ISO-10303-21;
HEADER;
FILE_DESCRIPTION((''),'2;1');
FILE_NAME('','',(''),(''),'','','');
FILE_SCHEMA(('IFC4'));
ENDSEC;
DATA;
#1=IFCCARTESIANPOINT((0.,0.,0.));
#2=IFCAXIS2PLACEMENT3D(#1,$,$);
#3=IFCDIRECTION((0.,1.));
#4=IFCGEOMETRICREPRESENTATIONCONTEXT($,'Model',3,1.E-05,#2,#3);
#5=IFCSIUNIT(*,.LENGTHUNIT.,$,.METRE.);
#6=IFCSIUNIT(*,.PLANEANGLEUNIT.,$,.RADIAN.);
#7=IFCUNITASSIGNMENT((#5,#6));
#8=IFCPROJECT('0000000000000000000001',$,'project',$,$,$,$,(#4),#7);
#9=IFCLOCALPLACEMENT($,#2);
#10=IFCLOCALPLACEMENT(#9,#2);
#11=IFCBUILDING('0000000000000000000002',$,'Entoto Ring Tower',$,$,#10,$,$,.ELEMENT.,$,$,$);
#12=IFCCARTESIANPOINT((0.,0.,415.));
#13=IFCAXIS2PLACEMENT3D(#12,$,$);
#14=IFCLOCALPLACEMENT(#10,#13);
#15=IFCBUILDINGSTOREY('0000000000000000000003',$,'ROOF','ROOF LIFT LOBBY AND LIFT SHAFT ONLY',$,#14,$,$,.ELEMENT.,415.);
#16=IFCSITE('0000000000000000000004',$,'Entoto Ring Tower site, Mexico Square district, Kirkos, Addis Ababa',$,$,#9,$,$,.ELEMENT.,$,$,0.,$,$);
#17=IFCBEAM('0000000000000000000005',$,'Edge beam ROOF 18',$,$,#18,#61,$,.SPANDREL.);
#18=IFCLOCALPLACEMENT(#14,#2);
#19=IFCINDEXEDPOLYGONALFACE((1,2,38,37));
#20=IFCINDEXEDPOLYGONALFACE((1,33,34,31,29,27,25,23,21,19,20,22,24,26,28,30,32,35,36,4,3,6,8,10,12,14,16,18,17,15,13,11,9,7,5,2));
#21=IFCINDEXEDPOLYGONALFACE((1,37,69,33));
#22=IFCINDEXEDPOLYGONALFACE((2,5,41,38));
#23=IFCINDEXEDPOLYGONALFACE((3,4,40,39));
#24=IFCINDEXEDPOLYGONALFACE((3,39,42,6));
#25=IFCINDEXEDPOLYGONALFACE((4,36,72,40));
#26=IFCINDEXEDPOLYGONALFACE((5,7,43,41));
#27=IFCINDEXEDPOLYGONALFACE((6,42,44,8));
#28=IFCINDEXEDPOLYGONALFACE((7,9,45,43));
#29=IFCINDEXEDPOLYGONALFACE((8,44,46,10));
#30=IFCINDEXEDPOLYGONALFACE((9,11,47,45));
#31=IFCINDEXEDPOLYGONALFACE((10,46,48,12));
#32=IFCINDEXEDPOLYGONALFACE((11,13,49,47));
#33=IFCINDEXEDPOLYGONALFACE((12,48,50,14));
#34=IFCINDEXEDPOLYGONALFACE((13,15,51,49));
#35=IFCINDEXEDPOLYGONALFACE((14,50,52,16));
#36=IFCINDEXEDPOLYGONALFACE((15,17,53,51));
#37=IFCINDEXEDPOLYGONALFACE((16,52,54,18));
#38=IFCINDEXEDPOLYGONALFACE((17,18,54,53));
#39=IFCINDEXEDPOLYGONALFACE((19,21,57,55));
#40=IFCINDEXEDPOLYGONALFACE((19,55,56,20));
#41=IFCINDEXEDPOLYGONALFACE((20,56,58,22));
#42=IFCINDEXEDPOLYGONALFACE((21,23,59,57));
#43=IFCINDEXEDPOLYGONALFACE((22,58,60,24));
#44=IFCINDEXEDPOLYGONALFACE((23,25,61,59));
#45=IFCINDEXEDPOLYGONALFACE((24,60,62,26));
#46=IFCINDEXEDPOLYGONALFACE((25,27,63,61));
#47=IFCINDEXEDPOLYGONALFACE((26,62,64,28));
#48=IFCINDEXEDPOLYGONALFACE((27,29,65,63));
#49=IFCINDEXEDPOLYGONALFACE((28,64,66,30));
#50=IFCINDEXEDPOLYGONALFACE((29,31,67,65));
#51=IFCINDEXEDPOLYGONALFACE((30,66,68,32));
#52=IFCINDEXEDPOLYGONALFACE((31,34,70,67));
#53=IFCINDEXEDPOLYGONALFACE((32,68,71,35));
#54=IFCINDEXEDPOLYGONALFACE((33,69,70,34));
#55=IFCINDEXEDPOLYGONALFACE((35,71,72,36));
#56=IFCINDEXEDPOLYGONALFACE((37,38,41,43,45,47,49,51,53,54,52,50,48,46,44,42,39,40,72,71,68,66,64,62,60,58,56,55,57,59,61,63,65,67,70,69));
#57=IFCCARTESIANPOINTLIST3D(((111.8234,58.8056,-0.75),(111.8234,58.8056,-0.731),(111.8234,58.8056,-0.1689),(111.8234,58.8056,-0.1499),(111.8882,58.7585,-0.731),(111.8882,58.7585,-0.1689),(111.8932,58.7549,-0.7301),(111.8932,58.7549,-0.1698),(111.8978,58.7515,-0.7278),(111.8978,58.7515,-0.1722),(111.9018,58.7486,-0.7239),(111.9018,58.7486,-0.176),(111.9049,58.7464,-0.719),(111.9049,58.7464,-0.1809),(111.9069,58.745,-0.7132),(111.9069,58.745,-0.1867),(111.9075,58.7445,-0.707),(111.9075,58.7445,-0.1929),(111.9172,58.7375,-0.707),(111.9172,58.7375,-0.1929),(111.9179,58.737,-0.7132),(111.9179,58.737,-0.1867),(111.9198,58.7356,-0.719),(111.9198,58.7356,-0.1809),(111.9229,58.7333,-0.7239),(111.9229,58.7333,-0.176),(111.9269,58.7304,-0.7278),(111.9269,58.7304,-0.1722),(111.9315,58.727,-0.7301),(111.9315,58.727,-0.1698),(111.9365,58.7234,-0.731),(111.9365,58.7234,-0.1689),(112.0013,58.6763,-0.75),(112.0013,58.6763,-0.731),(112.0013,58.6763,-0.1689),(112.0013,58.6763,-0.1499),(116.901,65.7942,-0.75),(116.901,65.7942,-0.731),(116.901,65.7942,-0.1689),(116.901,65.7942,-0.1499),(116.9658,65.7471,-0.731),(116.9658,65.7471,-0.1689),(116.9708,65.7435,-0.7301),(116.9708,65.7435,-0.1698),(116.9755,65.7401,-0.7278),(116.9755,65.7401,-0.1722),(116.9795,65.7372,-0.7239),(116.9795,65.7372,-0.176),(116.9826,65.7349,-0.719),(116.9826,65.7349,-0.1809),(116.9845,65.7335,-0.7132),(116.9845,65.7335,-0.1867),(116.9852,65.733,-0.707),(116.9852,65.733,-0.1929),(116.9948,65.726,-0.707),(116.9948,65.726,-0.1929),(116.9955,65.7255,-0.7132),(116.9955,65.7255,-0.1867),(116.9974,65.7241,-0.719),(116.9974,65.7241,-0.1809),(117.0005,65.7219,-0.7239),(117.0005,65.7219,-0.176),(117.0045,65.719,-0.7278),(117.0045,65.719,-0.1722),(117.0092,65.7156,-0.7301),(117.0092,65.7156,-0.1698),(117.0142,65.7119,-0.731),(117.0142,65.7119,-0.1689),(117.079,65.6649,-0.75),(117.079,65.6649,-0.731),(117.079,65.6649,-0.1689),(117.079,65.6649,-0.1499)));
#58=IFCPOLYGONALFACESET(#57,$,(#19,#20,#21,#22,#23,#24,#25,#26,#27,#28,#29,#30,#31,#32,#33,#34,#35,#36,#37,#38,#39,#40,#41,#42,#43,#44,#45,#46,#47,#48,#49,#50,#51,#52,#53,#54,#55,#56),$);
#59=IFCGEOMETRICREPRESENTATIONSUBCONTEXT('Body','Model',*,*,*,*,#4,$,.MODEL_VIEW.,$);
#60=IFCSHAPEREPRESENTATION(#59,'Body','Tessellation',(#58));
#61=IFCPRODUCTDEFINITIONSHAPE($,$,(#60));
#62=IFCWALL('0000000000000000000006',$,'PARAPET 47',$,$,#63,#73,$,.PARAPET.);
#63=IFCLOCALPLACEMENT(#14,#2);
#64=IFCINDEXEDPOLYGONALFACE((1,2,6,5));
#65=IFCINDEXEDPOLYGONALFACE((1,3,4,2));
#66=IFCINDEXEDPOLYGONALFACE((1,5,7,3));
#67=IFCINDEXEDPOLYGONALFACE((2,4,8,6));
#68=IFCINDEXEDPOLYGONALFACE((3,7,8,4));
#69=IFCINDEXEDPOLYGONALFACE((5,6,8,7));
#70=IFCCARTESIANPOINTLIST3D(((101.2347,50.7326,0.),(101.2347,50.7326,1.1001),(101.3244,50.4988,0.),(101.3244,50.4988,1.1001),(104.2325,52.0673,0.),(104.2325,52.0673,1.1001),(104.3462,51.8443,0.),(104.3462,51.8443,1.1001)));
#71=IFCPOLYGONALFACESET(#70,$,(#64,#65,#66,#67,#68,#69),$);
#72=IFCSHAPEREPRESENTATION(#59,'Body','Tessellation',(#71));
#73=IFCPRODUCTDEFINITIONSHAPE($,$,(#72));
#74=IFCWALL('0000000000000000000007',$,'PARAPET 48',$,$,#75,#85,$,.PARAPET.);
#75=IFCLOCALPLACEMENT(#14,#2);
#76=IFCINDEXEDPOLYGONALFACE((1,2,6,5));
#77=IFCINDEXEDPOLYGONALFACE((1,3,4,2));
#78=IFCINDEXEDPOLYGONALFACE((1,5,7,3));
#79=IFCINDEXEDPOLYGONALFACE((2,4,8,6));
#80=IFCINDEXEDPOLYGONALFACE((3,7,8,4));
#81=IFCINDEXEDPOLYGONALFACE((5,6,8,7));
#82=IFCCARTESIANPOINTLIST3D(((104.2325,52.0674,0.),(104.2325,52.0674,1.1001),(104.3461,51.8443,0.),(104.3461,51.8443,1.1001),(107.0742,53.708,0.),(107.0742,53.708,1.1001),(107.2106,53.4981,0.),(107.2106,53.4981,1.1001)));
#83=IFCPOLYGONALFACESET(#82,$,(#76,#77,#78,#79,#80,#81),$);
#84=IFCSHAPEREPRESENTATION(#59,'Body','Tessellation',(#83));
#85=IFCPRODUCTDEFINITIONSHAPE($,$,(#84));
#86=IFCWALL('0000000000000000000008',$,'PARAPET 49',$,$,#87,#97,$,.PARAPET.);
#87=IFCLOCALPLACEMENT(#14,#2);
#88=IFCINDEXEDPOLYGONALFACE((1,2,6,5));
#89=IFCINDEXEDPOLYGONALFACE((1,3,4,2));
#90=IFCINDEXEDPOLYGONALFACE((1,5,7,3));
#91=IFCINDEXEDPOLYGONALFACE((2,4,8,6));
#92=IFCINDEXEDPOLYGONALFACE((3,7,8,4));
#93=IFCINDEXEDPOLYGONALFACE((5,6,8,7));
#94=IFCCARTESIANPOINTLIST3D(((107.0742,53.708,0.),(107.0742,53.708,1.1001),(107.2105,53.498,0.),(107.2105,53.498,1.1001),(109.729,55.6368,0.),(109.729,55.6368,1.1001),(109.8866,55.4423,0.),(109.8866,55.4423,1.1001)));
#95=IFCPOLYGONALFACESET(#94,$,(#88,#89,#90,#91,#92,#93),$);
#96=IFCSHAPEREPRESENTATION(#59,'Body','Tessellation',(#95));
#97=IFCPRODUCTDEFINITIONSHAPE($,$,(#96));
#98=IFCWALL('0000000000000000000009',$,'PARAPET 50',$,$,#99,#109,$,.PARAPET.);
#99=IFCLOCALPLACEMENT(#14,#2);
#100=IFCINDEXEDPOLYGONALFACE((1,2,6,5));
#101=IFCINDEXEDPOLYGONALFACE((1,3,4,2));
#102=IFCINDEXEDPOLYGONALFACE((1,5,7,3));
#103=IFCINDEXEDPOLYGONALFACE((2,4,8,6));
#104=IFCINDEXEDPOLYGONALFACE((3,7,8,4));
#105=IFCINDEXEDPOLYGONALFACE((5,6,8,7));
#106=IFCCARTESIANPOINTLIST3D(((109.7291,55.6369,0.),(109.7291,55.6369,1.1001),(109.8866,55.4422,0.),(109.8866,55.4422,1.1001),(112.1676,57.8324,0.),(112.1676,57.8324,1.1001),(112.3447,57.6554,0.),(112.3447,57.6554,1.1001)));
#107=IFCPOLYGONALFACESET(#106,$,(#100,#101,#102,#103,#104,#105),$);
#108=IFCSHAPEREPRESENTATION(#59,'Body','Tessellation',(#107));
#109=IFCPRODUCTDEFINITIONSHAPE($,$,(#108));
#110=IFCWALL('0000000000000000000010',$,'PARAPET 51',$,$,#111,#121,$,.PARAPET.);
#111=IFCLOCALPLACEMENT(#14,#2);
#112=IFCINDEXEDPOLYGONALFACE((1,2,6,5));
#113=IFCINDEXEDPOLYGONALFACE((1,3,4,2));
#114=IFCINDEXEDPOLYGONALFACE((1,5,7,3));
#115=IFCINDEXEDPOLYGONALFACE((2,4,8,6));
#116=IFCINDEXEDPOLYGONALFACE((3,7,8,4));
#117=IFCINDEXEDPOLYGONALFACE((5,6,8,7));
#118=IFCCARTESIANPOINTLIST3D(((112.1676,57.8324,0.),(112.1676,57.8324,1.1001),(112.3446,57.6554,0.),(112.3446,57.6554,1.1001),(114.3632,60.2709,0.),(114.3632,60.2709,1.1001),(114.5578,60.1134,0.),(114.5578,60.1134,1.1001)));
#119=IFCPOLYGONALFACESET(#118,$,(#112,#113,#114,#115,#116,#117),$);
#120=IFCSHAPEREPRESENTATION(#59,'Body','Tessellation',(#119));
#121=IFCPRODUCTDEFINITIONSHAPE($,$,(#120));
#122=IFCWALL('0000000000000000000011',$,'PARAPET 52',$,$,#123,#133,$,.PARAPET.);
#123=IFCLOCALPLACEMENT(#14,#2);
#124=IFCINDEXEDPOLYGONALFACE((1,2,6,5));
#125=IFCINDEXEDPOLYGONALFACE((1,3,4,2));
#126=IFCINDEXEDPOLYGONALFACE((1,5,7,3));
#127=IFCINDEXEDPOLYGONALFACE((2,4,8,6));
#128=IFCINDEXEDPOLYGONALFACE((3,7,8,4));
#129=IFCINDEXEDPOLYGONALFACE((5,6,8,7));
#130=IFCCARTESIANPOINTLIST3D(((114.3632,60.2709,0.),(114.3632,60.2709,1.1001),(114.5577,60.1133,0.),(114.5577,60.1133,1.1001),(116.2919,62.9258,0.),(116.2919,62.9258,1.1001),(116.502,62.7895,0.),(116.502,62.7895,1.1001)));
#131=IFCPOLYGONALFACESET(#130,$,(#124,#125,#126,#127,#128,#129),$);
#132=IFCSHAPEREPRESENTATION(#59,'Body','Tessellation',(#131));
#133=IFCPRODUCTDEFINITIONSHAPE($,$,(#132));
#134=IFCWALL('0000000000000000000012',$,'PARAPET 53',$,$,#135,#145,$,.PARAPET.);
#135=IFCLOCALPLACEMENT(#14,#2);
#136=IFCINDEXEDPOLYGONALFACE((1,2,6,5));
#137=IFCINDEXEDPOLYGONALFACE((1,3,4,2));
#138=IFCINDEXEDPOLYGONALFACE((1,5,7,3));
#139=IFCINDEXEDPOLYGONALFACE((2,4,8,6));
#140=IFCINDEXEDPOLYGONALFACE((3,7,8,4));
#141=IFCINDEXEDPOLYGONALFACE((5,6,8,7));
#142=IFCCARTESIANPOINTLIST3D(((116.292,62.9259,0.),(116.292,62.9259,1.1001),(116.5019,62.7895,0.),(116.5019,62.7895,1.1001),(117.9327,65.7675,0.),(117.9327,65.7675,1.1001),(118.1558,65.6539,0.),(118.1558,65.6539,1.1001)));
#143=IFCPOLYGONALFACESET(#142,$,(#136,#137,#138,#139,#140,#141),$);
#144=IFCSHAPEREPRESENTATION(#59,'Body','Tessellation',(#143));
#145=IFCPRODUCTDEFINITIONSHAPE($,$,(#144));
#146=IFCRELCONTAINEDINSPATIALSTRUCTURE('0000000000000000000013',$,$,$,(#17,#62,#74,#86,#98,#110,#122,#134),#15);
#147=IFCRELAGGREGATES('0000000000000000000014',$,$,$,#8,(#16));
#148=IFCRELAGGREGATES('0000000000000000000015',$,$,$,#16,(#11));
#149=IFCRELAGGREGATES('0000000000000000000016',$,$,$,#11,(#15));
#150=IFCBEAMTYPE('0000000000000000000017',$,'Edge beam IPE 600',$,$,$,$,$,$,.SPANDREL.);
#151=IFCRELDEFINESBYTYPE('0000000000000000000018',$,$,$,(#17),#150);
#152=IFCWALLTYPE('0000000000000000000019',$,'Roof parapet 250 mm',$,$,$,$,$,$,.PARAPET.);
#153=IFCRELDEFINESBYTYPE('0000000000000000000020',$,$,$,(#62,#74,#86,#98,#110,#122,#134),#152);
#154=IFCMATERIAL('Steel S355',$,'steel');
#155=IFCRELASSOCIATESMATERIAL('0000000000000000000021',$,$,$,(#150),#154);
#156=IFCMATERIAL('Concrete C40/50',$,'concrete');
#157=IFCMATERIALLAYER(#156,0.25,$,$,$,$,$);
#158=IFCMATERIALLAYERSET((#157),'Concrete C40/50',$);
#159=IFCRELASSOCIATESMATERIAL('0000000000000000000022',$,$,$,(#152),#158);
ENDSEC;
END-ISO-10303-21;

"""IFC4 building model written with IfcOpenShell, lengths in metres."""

from ifc_helpers import new_model, si_unit, direction, frame, origin, origin_2d, place, context, subcontext, project, spatial, polyline, i_section, outline, extrude, material, layer, layer_set, material_profile, profile_set, type_object, element, save


model = new_model("IFC4")

# Units and contexts
model_context = context("Model", 3, precision=1e-05, world=origin(), true_north=direction((0.0, 1.0)))
body_context = subcontext(model_context, "Body", "Model", "MODEL_VIEW")
ifc_project = project(units=[si_unit("LENGTHUNIT", "METRE"), si_unit("PLANEANGLEUNIT", "RADIAN")], contexts=[model_context])

# Site, building, storey
site_placement = place(None, origin())
site = spatial("IfcSite", under=ifc_project, at=site_placement, Name="Entoto Ring Tower site, Mexico Square district, Kirkos, Addis Ababa", CompositionType="ELEMENT", RefElevation=0.0)
building_placement = place(site_placement, origin())
building = spatial("IfcBuilding", under=site, at=building_placement, Name="Entoto Ring Tower", CompositionType="ELEMENT")
storey_placement = place(building_placement, frame((0.0, 0.0, 415.0)))
storey = spatial("IfcBuildingStorey", under=building, at=storey_placement, Name="ROOF", Description="ROOF LIFT LOBBY AND LIFT SHAFT ONLY", CompositionType="ELEMENT", Elevation=415.0)

# Beam
ifc_material_1 = material(Name="Steel S355", Category="steel")
ifc_material_profile_1 = material_profile(ifc_material_1, i_section(OverallWidth=0.22, OverallDepth=0.6001, WebThickness=0.012, FlangeThickness=0.019, FilletRadius=0.0239, at=origin_2d()), Name="IPE 600")
ifc_profile_set_1 = profile_set([ifc_material_profile_1], Name="Steel S355")
beam_type_1 = type_object("IfcBeamType", Name="Edge beam IPE 600", PredefinedType="SPANDREL", material=ifc_profile_set_1)
for number, where, z_axis, x_axis, name in (
    (1, (111.9124, 58.741, -0.45), (0.587799, 0.809007, 0.0), (-0.809007, 0.587799, 0.0), "Edge beam ROOF 18"),
):
    element("IfcBeam", number, at=place(storey_placement, frame(where, z_axis=z_axis, x_axis=x_axis)), inside=storey, type_object=beam_type_1, Name=name, PredefinedType="SPANDREL", context=body_context, shape_type="SweptSolid", body=[
        extrude(i_section(OverallWidth=0.22, OverallDepth=0.6001, WebThickness=0.012, FlangeThickness=0.019, FilletRadius=0.0239, at=origin_2d()), origin(), (0.0, 0.0, 1.0), 8.6384),
    ])

# Walls
ifc_material_2 = material(Name="Concrete C40/50", Category="concrete")
ifc_layer = layer(ifc_material_2, 0.25)
ifc_layer_set = layer_set([ifc_layer], Name="Concrete C40/50")
wall_type = type_object("IfcWallType", Name="Roof parapet 250 mm", PredefinedType="PARAPET", material=ifc_layer_set)
wall_1_placement = place(storey_placement, frame((101.2795, 50.6157, 0.0), z_axis=(0.0, 0.0, 1.0), x_axis=(0.913539, 0.40675, 0.0)))
element("IfcWall", 2, at=wall_1_placement, inside=storey, type_object=wall_type, Name="PARAPET 47", PredefinedType="PARAPET", context=body_context, shape_type="SweptSolid", body=[
    extrude(outline(polyline([(-0.0066, -0.125), (3.3013, -0.125), (3.2881, 0.125), (0.0066, 0.125), (-0.0066, -0.125)])), origin(), (0.0, 0.0, 1.0), 1.1001),
])
wall_2_placement = place(storey_placement, frame((104.2893, 51.9558, 0.0), z_axis=(0.0, 0.0, 1.0), x_axis=(0.866023, 0.500005, 0.0)))
element("IfcWall", 3, at=wall_2_placement, inside=storey, type_object=wall_type, Name="PARAPET 48", PredefinedType="PARAPET", context=body_context, shape_type="SweptSolid", body=[
    extrude(outline(polyline([(-0.0066, -0.125), (3.301, -0.125), (3.2878, 0.125), (0.0066, 0.125), (-0.0066, -0.125)])), origin(), (0.0, 0.0, 1.0), 1.1001),
])
wall_3_placement = place(storey_placement, frame((107.1423, 53.603, 0.0), z_axis=(0.0, 0.0, 1.0), x_axis=(0.809031, 0.587766, 0.0)))
element("IfcWall", 4, at=wall_3_placement, inside=storey, type_object=wall_type, Name="PARAPET 49", PredefinedType="PARAPET", context=body_context, shape_type="SweptSolid", body=[
    extrude(outline(polyline([(-0.0066, -0.125), (3.3013, -0.125), (3.2881, 0.125), (0.0066, 0.125), (-0.0066, -0.125)])), origin(), (0.0, 0.0, 1.0), 1.1001),
])
for number, where, z_axis, x_axis, name in (
    (5, (109.8079, 55.5396, 0.0), (0.0, 0.0, 1.0), (0.743154, 0.66912, 0.0), "PARAPET 50"),
    (6, (112.2561, 57.7439, 0.0), (0.0, 0.0, 1.0), (0.66912, 0.743154, 0.0), "PARAPET 51"),
):
    element("IfcWall", number, at=place(storey_placement, frame(where, z_axis=z_axis, x_axis=x_axis)), inside=storey, type_object=wall_type, Name=name, PredefinedType="PARAPET", context=body_context, shape_type="SweptSolid", body=[
        extrude(outline(polyline([(-0.0066, -0.125), (3.301, -0.125), (3.2878, 0.125), (0.0066, 0.125), (-0.0066, -0.125)])), origin(), (0.0, 0.0, 1.0), 1.1001),
    ])
wall_4_placement = place(storey_placement, frame((114.4604, 60.1921, 0.0), z_axis=(0.0, 0.0, 1.0), x_axis=(0.587766, 0.809031, 0.0)))
element("IfcWall", 7, at=wall_4_placement, inside=storey, type_object=wall_type, Name="PARAPET 52", PredefinedType="PARAPET", context=body_context, shape_type="SweptSolid", body=[
    extrude(outline(polyline([(-0.0066, -0.125), (3.3013, -0.125), (3.2881, 0.125), (0.0066, 0.125), (-0.0066, -0.125)])), origin(), (0.0, 0.0, 1.0), 1.1001),
])
wall_5_placement = place(storey_placement, frame((116.397, 62.8577, 0.0), z_axis=(0.0, 0.0, 1.0), x_axis=(0.500005, 0.866023, 0.0)))
element("IfcWall", 8, at=wall_5_placement, inside=storey, type_object=wall_type, Name="PARAPET 53", PredefinedType="PARAPET", context=body_context, shape_type="SweptSolid", body=[
    extrude(outline(polyline([(-0.0066, -0.125), (3.301, -0.125), (3.2878, 0.125), (0.0066, 0.125), (-0.0066, -0.125)])), origin(), (0.0, 0.0, 1.0), 1.1001),
])

save(model, "model.ifc")
